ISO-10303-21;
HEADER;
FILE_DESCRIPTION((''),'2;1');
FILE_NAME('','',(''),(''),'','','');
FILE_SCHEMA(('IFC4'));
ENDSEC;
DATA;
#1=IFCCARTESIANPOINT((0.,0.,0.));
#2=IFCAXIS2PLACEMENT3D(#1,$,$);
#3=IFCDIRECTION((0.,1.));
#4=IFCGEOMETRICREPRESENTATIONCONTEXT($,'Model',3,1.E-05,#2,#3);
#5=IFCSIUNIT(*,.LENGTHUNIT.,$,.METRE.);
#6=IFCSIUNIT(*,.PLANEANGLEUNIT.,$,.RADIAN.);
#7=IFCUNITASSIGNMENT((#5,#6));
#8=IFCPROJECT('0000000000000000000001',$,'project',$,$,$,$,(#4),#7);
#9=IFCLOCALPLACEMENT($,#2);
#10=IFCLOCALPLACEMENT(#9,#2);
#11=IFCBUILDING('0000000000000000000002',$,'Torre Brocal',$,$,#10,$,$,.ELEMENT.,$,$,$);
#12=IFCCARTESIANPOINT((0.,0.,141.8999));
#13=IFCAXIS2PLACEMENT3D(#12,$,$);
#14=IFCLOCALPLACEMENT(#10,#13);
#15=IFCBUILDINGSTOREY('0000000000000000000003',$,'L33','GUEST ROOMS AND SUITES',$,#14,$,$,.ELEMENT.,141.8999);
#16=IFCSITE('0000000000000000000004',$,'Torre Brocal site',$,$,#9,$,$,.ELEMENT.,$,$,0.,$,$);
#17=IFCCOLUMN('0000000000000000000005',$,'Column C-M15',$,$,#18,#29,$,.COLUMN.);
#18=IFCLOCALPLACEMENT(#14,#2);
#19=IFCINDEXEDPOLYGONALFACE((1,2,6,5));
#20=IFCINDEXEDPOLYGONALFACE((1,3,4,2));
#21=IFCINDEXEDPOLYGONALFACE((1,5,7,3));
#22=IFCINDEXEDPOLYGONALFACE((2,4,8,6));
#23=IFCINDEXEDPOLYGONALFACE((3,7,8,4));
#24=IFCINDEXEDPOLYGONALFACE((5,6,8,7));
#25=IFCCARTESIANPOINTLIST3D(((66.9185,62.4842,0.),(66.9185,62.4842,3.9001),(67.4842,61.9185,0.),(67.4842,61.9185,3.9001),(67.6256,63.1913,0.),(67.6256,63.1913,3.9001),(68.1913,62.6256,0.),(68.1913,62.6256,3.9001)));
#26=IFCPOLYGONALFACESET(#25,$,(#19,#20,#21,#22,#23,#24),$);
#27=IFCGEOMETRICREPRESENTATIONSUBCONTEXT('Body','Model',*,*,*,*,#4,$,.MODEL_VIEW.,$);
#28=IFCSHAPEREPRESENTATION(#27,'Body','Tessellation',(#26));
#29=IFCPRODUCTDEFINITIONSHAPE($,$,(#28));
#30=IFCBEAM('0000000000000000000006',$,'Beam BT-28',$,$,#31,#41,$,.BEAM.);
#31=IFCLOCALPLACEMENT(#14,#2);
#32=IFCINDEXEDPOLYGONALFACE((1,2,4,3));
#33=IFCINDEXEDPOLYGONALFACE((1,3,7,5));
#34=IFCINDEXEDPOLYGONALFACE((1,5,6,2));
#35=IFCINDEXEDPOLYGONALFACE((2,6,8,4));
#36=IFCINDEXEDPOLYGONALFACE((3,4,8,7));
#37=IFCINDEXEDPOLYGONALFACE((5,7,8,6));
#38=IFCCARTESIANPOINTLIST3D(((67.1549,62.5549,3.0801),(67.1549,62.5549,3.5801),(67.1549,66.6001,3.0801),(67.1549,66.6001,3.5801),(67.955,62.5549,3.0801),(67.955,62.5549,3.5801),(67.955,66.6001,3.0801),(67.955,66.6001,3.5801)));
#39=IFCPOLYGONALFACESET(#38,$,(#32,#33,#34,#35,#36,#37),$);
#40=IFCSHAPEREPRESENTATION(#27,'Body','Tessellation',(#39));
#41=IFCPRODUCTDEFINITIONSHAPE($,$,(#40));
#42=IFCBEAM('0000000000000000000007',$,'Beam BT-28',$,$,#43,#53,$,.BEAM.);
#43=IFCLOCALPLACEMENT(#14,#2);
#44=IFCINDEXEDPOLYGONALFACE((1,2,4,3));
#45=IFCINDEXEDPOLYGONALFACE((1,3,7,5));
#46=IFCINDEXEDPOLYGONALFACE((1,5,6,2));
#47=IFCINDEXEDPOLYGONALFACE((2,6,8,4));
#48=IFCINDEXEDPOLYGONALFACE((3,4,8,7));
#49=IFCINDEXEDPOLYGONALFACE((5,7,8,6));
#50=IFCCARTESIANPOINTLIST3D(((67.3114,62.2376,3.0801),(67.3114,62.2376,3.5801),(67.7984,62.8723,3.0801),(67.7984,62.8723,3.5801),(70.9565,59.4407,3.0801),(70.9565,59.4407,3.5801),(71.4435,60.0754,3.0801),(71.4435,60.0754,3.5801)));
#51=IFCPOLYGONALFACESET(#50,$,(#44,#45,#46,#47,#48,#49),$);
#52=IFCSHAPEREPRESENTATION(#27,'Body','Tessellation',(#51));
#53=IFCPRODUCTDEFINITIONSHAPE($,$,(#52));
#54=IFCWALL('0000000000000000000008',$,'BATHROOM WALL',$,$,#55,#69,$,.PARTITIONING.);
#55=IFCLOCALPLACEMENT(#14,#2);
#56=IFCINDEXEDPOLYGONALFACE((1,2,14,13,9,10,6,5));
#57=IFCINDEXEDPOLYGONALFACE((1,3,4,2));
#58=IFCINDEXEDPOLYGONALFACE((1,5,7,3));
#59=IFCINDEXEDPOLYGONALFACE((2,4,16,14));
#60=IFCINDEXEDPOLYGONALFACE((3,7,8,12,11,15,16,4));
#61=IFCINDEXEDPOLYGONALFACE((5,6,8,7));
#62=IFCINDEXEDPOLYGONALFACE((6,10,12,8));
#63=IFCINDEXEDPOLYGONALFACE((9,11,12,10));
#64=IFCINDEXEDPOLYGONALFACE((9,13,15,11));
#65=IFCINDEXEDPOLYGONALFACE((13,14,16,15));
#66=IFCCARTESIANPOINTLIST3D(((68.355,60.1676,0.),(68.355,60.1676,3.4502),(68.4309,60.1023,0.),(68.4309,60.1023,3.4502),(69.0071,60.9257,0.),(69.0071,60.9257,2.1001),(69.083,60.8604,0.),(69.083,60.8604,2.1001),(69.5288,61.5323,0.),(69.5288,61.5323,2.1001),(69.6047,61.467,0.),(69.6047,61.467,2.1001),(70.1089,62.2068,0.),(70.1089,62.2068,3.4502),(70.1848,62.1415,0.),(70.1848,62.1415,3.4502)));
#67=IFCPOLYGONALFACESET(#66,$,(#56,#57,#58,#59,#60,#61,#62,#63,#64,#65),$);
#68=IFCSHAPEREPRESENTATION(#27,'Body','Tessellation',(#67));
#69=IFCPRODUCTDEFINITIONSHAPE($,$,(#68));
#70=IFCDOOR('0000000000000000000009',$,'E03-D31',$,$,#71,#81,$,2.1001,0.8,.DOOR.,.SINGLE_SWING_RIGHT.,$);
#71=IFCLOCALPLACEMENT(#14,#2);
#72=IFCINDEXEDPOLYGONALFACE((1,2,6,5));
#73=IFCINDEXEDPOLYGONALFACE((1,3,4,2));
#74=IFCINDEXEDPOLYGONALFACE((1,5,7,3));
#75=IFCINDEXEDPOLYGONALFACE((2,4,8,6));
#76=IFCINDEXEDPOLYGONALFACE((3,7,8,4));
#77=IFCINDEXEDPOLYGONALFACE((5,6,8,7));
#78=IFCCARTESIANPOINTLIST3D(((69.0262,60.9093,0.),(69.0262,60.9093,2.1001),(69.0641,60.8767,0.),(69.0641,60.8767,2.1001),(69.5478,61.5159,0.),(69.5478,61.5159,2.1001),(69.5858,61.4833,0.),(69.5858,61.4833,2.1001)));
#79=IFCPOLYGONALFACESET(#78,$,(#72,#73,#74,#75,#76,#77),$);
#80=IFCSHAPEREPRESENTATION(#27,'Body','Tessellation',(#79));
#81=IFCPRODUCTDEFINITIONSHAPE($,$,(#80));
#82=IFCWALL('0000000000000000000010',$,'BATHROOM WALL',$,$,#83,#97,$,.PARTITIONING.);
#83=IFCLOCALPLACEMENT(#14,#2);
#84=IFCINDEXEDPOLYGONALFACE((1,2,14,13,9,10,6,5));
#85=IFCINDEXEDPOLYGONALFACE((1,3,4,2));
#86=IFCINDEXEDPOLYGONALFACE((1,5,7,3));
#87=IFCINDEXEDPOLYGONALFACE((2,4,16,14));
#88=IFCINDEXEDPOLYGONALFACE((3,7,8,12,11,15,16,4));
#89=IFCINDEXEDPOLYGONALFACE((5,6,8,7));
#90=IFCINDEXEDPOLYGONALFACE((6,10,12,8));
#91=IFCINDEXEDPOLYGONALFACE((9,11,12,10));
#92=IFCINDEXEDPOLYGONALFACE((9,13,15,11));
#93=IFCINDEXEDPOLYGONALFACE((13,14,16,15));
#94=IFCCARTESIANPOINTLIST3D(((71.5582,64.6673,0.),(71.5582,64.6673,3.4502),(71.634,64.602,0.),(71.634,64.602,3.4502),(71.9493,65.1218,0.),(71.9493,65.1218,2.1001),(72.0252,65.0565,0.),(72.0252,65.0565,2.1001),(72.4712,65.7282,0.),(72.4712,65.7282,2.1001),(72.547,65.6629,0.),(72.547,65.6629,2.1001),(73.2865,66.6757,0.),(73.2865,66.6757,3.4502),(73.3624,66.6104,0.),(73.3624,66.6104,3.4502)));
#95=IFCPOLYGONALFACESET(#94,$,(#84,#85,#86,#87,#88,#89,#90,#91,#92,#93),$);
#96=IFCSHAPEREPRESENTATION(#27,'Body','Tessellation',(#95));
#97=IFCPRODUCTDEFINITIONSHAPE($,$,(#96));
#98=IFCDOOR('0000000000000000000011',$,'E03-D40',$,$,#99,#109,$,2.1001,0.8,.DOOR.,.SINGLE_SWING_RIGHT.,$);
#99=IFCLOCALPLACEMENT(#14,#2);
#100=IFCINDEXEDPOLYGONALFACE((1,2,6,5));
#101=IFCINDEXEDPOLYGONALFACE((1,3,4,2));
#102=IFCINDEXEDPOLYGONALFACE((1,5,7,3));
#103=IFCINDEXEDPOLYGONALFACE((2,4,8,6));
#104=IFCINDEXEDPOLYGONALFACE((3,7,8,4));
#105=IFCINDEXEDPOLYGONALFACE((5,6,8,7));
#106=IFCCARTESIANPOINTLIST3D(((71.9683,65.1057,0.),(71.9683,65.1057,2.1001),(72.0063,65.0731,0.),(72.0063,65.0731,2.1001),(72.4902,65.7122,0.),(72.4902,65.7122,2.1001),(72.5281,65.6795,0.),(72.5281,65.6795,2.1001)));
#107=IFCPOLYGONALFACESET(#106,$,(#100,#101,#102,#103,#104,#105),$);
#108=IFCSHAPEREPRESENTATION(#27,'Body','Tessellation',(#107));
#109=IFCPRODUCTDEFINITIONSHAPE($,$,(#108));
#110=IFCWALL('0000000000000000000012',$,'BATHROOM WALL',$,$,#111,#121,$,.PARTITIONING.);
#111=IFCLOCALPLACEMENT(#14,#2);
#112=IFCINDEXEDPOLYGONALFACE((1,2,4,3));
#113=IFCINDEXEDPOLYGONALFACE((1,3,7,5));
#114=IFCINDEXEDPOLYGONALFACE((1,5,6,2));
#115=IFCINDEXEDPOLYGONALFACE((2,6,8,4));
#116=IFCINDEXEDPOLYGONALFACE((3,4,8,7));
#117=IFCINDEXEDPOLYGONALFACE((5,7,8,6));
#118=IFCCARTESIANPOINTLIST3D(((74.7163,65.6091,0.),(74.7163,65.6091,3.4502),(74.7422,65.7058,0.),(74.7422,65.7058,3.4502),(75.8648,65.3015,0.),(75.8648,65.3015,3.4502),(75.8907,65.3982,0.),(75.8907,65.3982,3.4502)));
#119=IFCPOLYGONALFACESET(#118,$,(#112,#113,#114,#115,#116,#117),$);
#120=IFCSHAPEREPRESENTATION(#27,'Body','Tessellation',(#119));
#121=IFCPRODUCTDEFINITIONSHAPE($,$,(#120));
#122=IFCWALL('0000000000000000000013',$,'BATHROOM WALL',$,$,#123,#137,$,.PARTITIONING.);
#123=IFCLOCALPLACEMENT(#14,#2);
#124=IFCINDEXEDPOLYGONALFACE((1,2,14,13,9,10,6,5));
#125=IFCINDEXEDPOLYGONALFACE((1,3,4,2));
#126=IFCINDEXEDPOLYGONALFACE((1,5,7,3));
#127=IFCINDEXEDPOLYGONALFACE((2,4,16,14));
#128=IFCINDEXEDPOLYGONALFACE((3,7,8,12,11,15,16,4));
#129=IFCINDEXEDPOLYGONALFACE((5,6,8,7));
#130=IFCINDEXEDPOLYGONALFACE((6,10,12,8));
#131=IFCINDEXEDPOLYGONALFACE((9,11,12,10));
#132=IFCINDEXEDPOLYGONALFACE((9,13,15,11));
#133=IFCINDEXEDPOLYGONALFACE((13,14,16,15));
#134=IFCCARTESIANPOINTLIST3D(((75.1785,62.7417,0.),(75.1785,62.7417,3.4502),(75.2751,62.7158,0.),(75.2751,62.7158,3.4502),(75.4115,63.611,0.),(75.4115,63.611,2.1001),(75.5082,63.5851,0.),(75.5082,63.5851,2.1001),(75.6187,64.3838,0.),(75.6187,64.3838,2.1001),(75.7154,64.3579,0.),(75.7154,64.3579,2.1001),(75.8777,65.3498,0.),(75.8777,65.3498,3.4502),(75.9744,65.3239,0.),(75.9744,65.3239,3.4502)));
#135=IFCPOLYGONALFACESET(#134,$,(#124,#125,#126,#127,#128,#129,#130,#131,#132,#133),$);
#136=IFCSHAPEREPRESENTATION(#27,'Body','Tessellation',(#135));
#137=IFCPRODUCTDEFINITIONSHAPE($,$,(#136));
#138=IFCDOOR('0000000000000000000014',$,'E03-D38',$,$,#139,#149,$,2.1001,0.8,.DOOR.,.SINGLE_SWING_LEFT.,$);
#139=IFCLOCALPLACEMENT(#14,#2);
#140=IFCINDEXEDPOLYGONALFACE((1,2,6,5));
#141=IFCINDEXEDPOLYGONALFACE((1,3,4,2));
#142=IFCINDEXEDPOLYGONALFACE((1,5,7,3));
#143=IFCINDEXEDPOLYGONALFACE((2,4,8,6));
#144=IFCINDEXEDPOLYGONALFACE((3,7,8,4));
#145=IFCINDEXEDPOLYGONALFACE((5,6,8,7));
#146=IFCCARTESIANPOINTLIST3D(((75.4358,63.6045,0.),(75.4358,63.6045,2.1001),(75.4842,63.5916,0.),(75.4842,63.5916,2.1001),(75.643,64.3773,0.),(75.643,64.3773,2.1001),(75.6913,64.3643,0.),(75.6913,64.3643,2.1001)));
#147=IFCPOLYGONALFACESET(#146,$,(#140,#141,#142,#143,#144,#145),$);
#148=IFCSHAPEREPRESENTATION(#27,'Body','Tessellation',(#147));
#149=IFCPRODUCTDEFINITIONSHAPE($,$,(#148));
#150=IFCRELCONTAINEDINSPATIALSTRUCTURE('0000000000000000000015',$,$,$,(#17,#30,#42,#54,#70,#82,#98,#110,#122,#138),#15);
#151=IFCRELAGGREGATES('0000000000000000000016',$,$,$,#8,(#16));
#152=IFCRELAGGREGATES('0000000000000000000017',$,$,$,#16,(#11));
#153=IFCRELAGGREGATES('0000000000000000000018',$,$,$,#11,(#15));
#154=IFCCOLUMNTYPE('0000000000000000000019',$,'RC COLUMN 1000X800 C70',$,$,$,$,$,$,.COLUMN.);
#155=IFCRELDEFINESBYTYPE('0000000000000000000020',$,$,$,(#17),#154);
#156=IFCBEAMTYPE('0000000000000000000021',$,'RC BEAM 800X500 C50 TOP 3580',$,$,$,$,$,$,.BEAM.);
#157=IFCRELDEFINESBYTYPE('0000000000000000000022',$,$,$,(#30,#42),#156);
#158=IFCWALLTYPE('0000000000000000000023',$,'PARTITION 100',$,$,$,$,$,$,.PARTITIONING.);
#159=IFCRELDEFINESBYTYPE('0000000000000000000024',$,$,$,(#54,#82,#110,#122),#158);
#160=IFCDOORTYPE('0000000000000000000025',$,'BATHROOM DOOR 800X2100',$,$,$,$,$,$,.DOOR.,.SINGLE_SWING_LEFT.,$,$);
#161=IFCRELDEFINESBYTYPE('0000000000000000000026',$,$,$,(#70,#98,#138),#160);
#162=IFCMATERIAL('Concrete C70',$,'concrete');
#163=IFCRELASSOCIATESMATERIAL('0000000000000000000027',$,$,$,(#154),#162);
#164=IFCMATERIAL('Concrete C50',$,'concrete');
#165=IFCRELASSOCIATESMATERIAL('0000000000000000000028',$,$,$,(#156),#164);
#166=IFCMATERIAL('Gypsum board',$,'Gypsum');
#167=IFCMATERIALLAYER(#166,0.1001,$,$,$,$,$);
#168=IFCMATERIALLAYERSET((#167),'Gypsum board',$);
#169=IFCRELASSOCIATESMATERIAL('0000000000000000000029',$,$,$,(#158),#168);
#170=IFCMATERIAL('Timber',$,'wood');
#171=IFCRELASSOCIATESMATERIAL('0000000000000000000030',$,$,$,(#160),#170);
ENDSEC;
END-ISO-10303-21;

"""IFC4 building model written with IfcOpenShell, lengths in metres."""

from ifc_helpers import new_model, si_unit, direction, frame, frame_2d, origin, origin_2d, place, context, subcontext, project, spatial, rectangle, extrude, material, layer, layer_set, material_profile, profile_set, type_object, element, fill, save


model = new_model("IFC4")

# Units and contexts
model_context = context("Model", 3, precision=1e-05, world=origin(), true_north=direction((0.0, 1.0)))
body_context = subcontext(model_context, "Body", "Model", "MODEL_VIEW")
ifc_project = project(units=[si_unit("LENGTHUNIT", "METRE"), si_unit("PLANEANGLEUNIT", "RADIAN")], contexts=[model_context])

# Site, building, storey
site_placement = place(None, origin())
site = spatial("IfcSite", under=ifc_project, at=site_placement, Name="Torre Brocal site", CompositionType="ELEMENT", RefElevation=0.0)
building_placement = place(site_placement, origin())
building = spatial("IfcBuilding", under=site, at=building_placement, Name="Torre Brocal", CompositionType="ELEMENT")
storey_placement = place(building_placement, frame((0.0, 0.0, 141.8999)))
storey = spatial("IfcBuildingStorey", under=building, at=storey_placement, Name="L33", Description="GUEST ROOMS AND SUITES", CompositionType="ELEMENT", Elevation=141.8999)

# Column
ifc_material_1 = material(Name="Concrete C70", Category="concrete")
ifc_material_profile_1 = material_profile(ifc_material_1, rectangle(XDim=1.0, YDim=0.8, at=origin_2d()), Name="RC 1000X800")
ifc_profile_set_1 = profile_set([ifc_material_profile_1], Name="Concrete C70")
column_type = type_object("IfcColumnType", Name="RC COLUMN 1000X800 C70", PredefinedType="COLUMN", material=ifc_profile_set_1)
column_placement = place(storey_placement, frame((67.5549, 62.5549, 0.0), z_axis=(0.0, 0.0, 1.0), x_axis=(-0.707107, -0.707107, 0.0)))
element("IfcColumn", 1, at=column_placement, inside=storey, type_object=column_type, Name="Column C-M15", PredefinedType="COLUMN", context=body_context, shape_type="SweptSolid", body=[
    extrude(rectangle(XDim=1.0, YDim=0.8, at=origin_2d()), origin(), (0.0, 0.0, 1.0), 3.9001),
])

# Beams
ifc_material_2 = material(Name="Concrete C50", Category="concrete")
ifc_material_profile_2 = material_profile(ifc_material_2, rectangle(XDim=0.8, YDim=0.5, at=origin_2d()), Name="RC 800X500")
ifc_profile_set_2 = profile_set([ifc_material_profile_2], Name="Concrete C50")
beam_type = type_object("IfcBeamType", Name="RC BEAM 800X500 C50 TOP 3580", PredefinedType="BEAM", material=ifc_profile_set_2)
beam_1_placement = place(storey_placement, frame((67.5549, 62.5549, 3.3301), z_axis=(0.0, 1.0, 0.0), x_axis=(-1.0, 0.0, 0.0)))
element("IfcBeam", 2, at=beam_1_placement, inside=storey, type_object=beam_type, Name="Beam BT-28", PredefinedType="BEAM", context=body_context, shape_type="SweptSolid", body=[
    extrude(rectangle(XDim=0.8, YDim=0.5, at=origin_2d()), origin(), (0.0, 0.0, 1.0), 4.0452),
])
beam_2_placement = place(storey_placement, frame((67.5549, 62.5549, 3.3301), z_axis=(0.793358, -0.608755, 0.0), x_axis=(0.608755, 0.793358, 0.0)))
element("IfcBeam", 3, at=beam_2_placement, inside=storey, type_object=beam_type, Name="Beam BT-28", PredefinedType="BEAM", context=body_context, shape_type="SweptSolid", body=[
    extrude(rectangle(XDim=0.8, YDim=0.5, at=origin_2d()), origin(), (0.0, 0.0, 1.0), 4.5945),
])

# Walls, openings, doors
ifc_material_3 = material(Name="Gypsum board", Category="Gypsum")
ifc_layer_1 = layer(ifc_material_3, 0.1001)
ifc_layer_set_1 = layer_set([ifc_layer_1], Name="Gypsum board")
wall_type_1 = type_object("IfcWallType", Name="PARTITION 100", PredefinedType="PARTITIONING", material=ifc_layer_set_1)
wall_1_placement = place(storey_placement, frame((68.3931, 60.135, 0.0), z_axis=(0.0, 0.0, 1.0), x_axis=(0.652061, 0.758166, 0.0)))
wall_1 = element("IfcWall", 4, at=wall_1_placement, inside=storey, type_object=wall_type_1, Name="BATHROOM WALL", PredefinedType="PARTITIONING", context=body_context, shape_type="SweptSolid", body=[
    extrude(rectangle(XDim=2.6897, YDim=0.1001, at=frame_2d((1.3447, 0.0))), origin(), (0.0, 0.0, 1.0), 3.4502),
])
opening_1_placement = place(wall_1_placement, frame((1.0, 0.0, 0.0)))
opening_1 = element("IfcOpeningElement", 5, at=opening_1_placement, cuts=wall_1, PredefinedType="OPENING", context=body_context, shape_type="SweptSolid", body=[
    extrude(rectangle(XDim=0.8, YDim=2.1001, at=frame_2d((0.3999, 1.05))), frame((0.0, 0.0601, 0.0), z_axis=(0.0, -1.0, 0.0), x_axis=(1.0, 0.0, 0.0)), (0.0, 0.0, 1.0), 0.1201),
])
ifc_material_4 = material(Name="Timber", Category="wood")
door_type_1 = type_object("IfcDoorType", Name="BATHROOM DOOR 800X2100", OperationType="SINGLE_SWING_LEFT", PredefinedType="DOOR", material=ifc_material_4)
door_1_placement = place(opening_1_placement, origin())
door_1 = element("IfcDoor", 6, at=door_1_placement, inside=storey, type_object=door_type_1, Name="E03-D31", OperationType="SINGLE_SWING_RIGHT", OverallHeight=2.1001, OverallWidth=0.8, PredefinedType="DOOR", context=body_context, shape_type="SweptSolid", body=[
    extrude(rectangle(XDim=0.8, YDim=2.1001, at=frame_2d((0.3999, 1.05))), frame((0.0, 0.0249, 0.0), z_axis=(0.0, -1.0, 0.0), x_axis=(1.0, 0.0, 0.0)), (0.0, 0.0, 1.0), 0.05),
])
fill(opening_1, door_1)
wall_2_placement = place(storey_placement, frame((71.5962, 64.6348, 0.0), z_axis=(0.0, 0.0, 1.0), x_axis=(0.652285, 0.757974, 0.0)))
wall_2 = element("IfcWall", 7, at=wall_2_placement, inside=storey, type_object=wall_type_1, Name="BATHROOM WALL", PredefinedType="PARTITIONING", context=body_context, shape_type="SweptSolid", body=[
    extrude(rectangle(XDim=2.6497, YDim=0.1001, at=frame_2d((1.3247, 0.0))), origin(), (0.0, 0.0, 1.0), 3.4502),
])
opening_2_placement = place(wall_2_placement, frame((0.5996, 0.0, 0.0)))
opening_2 = element("IfcOpeningElement", 8, at=opening_2_placement, cuts=wall_2, PredefinedType="OPENING", context=body_context, shape_type="SweptSolid", body=[
    extrude(rectangle(XDim=0.8, YDim=2.1001, at=frame_2d((0.3999, 1.05))), frame((0.0, 0.0601, 0.0), z_axis=(0.0, -1.0, 0.0), x_axis=(1.0, 0.0, 0.0)), (0.0, 0.0, 1.0), 0.1201),
])
door_2_placement = place(opening_2_placement, frame((0.8, 0.0, 0.0), z_axis=(0.0, 0.0, 1.0), x_axis=(-1.0, 0.0, 0.0)))
door_2 = element("IfcDoor", 9, at=door_2_placement, inside=storey, type_object=door_type_1, Name="E03-D40", OperationType="SINGLE_SWING_RIGHT", OverallHeight=2.1001, OverallWidth=0.8, PredefinedType="DOOR", context=body_context, shape_type="SweptSolid", body=[
    extrude(rectangle(XDim=0.8, YDim=2.1001, at=frame_2d((0.3999, 1.05))), frame((0.0, 0.0249, 0.0), z_axis=(0.0, -1.0, 0.0), x_axis=(1.0, 0.0, 0.0)), (0.0, 0.0, 1.0), 0.05),
])
fill(opening_2, door_2)

# Wall
wall_3_placement = place(storey_placement, frame((74.7292, 65.6575, 0.0), z_axis=(0.0, 0.0, 1.0), x_axis=(0.965948, -0.258736, 0.0)))
element("IfcWall", 10, at=wall_3_placement, inside=storey, type_object=wall_type_1, Name="BATHROOM WALL", PredefinedType="PARTITIONING", context=body_context, shape_type="SweptSolid", body=[
    extrude(rectangle(XDim=1.189, YDim=0.1001, at=frame_2d((0.5945, 0.0))), origin(), (0.0, 0.0, 1.0), 3.4502),
])

# Wall, opening, door
wall_4_placement = place(storey_placement, frame((75.2268, 62.7288, 0.0), z_axis=(0.0, 0.0, 1.0), x_axis=(0.258945, 0.965892, 0.0)))
wall_4 = element("IfcWall", 11, at=wall_4_placement, inside=storey, type_object=wall_type_1, Name="BATHROOM WALL", PredefinedType="PARTITIONING", context=body_context, shape_type="SweptSolid", body=[
    extrude(rectangle(XDim=2.7002, YDim=0.1001, at=frame_2d((1.3501, 0.0))), origin(), (0.0, 0.0, 1.0), 3.4502),
])
opening_3_placement = place(wall_4_placement, frame((0.9001, 0.0, 0.0)))
opening_3 = element("IfcOpeningElement", 12, at=opening_3_placement, cuts=wall_4, PredefinedType="OPENING", context=body_context, shape_type="SweptSolid", body=[
    extrude(rectangle(XDim=0.8, YDim=2.1001, at=frame_2d((0.3999, 1.05))), frame((0.0, 0.0601, 0.0), z_axis=(0.0, -1.0, 0.0), x_axis=(1.0, 0.0, 0.0)), (0.0, 0.0, 1.0), 0.1201),
])
door_3_placement = place(opening_3_placement, origin())
door_3 = element("IfcDoor", 13, at=door_3_placement, inside=storey, type_object=door_type_1, Name="E03-D38", OperationType="SINGLE_SWING_LEFT", OverallHeight=2.1001, OverallWidth=0.8, PredefinedType="DOOR", context=body_context, shape_type="SweptSolid", body=[
    extrude(rectangle(XDim=0.8, YDim=2.1001, at=frame_2d((0.3999, 1.05))), frame((0.0, 0.0249, 0.0), z_axis=(0.0, -1.0, 0.0), x_axis=(1.0, 0.0, 0.0)), (0.0, 0.0, 1.0), 0.05),
])
fill(opening_3, door_3)

save(model, "model.ifc")
